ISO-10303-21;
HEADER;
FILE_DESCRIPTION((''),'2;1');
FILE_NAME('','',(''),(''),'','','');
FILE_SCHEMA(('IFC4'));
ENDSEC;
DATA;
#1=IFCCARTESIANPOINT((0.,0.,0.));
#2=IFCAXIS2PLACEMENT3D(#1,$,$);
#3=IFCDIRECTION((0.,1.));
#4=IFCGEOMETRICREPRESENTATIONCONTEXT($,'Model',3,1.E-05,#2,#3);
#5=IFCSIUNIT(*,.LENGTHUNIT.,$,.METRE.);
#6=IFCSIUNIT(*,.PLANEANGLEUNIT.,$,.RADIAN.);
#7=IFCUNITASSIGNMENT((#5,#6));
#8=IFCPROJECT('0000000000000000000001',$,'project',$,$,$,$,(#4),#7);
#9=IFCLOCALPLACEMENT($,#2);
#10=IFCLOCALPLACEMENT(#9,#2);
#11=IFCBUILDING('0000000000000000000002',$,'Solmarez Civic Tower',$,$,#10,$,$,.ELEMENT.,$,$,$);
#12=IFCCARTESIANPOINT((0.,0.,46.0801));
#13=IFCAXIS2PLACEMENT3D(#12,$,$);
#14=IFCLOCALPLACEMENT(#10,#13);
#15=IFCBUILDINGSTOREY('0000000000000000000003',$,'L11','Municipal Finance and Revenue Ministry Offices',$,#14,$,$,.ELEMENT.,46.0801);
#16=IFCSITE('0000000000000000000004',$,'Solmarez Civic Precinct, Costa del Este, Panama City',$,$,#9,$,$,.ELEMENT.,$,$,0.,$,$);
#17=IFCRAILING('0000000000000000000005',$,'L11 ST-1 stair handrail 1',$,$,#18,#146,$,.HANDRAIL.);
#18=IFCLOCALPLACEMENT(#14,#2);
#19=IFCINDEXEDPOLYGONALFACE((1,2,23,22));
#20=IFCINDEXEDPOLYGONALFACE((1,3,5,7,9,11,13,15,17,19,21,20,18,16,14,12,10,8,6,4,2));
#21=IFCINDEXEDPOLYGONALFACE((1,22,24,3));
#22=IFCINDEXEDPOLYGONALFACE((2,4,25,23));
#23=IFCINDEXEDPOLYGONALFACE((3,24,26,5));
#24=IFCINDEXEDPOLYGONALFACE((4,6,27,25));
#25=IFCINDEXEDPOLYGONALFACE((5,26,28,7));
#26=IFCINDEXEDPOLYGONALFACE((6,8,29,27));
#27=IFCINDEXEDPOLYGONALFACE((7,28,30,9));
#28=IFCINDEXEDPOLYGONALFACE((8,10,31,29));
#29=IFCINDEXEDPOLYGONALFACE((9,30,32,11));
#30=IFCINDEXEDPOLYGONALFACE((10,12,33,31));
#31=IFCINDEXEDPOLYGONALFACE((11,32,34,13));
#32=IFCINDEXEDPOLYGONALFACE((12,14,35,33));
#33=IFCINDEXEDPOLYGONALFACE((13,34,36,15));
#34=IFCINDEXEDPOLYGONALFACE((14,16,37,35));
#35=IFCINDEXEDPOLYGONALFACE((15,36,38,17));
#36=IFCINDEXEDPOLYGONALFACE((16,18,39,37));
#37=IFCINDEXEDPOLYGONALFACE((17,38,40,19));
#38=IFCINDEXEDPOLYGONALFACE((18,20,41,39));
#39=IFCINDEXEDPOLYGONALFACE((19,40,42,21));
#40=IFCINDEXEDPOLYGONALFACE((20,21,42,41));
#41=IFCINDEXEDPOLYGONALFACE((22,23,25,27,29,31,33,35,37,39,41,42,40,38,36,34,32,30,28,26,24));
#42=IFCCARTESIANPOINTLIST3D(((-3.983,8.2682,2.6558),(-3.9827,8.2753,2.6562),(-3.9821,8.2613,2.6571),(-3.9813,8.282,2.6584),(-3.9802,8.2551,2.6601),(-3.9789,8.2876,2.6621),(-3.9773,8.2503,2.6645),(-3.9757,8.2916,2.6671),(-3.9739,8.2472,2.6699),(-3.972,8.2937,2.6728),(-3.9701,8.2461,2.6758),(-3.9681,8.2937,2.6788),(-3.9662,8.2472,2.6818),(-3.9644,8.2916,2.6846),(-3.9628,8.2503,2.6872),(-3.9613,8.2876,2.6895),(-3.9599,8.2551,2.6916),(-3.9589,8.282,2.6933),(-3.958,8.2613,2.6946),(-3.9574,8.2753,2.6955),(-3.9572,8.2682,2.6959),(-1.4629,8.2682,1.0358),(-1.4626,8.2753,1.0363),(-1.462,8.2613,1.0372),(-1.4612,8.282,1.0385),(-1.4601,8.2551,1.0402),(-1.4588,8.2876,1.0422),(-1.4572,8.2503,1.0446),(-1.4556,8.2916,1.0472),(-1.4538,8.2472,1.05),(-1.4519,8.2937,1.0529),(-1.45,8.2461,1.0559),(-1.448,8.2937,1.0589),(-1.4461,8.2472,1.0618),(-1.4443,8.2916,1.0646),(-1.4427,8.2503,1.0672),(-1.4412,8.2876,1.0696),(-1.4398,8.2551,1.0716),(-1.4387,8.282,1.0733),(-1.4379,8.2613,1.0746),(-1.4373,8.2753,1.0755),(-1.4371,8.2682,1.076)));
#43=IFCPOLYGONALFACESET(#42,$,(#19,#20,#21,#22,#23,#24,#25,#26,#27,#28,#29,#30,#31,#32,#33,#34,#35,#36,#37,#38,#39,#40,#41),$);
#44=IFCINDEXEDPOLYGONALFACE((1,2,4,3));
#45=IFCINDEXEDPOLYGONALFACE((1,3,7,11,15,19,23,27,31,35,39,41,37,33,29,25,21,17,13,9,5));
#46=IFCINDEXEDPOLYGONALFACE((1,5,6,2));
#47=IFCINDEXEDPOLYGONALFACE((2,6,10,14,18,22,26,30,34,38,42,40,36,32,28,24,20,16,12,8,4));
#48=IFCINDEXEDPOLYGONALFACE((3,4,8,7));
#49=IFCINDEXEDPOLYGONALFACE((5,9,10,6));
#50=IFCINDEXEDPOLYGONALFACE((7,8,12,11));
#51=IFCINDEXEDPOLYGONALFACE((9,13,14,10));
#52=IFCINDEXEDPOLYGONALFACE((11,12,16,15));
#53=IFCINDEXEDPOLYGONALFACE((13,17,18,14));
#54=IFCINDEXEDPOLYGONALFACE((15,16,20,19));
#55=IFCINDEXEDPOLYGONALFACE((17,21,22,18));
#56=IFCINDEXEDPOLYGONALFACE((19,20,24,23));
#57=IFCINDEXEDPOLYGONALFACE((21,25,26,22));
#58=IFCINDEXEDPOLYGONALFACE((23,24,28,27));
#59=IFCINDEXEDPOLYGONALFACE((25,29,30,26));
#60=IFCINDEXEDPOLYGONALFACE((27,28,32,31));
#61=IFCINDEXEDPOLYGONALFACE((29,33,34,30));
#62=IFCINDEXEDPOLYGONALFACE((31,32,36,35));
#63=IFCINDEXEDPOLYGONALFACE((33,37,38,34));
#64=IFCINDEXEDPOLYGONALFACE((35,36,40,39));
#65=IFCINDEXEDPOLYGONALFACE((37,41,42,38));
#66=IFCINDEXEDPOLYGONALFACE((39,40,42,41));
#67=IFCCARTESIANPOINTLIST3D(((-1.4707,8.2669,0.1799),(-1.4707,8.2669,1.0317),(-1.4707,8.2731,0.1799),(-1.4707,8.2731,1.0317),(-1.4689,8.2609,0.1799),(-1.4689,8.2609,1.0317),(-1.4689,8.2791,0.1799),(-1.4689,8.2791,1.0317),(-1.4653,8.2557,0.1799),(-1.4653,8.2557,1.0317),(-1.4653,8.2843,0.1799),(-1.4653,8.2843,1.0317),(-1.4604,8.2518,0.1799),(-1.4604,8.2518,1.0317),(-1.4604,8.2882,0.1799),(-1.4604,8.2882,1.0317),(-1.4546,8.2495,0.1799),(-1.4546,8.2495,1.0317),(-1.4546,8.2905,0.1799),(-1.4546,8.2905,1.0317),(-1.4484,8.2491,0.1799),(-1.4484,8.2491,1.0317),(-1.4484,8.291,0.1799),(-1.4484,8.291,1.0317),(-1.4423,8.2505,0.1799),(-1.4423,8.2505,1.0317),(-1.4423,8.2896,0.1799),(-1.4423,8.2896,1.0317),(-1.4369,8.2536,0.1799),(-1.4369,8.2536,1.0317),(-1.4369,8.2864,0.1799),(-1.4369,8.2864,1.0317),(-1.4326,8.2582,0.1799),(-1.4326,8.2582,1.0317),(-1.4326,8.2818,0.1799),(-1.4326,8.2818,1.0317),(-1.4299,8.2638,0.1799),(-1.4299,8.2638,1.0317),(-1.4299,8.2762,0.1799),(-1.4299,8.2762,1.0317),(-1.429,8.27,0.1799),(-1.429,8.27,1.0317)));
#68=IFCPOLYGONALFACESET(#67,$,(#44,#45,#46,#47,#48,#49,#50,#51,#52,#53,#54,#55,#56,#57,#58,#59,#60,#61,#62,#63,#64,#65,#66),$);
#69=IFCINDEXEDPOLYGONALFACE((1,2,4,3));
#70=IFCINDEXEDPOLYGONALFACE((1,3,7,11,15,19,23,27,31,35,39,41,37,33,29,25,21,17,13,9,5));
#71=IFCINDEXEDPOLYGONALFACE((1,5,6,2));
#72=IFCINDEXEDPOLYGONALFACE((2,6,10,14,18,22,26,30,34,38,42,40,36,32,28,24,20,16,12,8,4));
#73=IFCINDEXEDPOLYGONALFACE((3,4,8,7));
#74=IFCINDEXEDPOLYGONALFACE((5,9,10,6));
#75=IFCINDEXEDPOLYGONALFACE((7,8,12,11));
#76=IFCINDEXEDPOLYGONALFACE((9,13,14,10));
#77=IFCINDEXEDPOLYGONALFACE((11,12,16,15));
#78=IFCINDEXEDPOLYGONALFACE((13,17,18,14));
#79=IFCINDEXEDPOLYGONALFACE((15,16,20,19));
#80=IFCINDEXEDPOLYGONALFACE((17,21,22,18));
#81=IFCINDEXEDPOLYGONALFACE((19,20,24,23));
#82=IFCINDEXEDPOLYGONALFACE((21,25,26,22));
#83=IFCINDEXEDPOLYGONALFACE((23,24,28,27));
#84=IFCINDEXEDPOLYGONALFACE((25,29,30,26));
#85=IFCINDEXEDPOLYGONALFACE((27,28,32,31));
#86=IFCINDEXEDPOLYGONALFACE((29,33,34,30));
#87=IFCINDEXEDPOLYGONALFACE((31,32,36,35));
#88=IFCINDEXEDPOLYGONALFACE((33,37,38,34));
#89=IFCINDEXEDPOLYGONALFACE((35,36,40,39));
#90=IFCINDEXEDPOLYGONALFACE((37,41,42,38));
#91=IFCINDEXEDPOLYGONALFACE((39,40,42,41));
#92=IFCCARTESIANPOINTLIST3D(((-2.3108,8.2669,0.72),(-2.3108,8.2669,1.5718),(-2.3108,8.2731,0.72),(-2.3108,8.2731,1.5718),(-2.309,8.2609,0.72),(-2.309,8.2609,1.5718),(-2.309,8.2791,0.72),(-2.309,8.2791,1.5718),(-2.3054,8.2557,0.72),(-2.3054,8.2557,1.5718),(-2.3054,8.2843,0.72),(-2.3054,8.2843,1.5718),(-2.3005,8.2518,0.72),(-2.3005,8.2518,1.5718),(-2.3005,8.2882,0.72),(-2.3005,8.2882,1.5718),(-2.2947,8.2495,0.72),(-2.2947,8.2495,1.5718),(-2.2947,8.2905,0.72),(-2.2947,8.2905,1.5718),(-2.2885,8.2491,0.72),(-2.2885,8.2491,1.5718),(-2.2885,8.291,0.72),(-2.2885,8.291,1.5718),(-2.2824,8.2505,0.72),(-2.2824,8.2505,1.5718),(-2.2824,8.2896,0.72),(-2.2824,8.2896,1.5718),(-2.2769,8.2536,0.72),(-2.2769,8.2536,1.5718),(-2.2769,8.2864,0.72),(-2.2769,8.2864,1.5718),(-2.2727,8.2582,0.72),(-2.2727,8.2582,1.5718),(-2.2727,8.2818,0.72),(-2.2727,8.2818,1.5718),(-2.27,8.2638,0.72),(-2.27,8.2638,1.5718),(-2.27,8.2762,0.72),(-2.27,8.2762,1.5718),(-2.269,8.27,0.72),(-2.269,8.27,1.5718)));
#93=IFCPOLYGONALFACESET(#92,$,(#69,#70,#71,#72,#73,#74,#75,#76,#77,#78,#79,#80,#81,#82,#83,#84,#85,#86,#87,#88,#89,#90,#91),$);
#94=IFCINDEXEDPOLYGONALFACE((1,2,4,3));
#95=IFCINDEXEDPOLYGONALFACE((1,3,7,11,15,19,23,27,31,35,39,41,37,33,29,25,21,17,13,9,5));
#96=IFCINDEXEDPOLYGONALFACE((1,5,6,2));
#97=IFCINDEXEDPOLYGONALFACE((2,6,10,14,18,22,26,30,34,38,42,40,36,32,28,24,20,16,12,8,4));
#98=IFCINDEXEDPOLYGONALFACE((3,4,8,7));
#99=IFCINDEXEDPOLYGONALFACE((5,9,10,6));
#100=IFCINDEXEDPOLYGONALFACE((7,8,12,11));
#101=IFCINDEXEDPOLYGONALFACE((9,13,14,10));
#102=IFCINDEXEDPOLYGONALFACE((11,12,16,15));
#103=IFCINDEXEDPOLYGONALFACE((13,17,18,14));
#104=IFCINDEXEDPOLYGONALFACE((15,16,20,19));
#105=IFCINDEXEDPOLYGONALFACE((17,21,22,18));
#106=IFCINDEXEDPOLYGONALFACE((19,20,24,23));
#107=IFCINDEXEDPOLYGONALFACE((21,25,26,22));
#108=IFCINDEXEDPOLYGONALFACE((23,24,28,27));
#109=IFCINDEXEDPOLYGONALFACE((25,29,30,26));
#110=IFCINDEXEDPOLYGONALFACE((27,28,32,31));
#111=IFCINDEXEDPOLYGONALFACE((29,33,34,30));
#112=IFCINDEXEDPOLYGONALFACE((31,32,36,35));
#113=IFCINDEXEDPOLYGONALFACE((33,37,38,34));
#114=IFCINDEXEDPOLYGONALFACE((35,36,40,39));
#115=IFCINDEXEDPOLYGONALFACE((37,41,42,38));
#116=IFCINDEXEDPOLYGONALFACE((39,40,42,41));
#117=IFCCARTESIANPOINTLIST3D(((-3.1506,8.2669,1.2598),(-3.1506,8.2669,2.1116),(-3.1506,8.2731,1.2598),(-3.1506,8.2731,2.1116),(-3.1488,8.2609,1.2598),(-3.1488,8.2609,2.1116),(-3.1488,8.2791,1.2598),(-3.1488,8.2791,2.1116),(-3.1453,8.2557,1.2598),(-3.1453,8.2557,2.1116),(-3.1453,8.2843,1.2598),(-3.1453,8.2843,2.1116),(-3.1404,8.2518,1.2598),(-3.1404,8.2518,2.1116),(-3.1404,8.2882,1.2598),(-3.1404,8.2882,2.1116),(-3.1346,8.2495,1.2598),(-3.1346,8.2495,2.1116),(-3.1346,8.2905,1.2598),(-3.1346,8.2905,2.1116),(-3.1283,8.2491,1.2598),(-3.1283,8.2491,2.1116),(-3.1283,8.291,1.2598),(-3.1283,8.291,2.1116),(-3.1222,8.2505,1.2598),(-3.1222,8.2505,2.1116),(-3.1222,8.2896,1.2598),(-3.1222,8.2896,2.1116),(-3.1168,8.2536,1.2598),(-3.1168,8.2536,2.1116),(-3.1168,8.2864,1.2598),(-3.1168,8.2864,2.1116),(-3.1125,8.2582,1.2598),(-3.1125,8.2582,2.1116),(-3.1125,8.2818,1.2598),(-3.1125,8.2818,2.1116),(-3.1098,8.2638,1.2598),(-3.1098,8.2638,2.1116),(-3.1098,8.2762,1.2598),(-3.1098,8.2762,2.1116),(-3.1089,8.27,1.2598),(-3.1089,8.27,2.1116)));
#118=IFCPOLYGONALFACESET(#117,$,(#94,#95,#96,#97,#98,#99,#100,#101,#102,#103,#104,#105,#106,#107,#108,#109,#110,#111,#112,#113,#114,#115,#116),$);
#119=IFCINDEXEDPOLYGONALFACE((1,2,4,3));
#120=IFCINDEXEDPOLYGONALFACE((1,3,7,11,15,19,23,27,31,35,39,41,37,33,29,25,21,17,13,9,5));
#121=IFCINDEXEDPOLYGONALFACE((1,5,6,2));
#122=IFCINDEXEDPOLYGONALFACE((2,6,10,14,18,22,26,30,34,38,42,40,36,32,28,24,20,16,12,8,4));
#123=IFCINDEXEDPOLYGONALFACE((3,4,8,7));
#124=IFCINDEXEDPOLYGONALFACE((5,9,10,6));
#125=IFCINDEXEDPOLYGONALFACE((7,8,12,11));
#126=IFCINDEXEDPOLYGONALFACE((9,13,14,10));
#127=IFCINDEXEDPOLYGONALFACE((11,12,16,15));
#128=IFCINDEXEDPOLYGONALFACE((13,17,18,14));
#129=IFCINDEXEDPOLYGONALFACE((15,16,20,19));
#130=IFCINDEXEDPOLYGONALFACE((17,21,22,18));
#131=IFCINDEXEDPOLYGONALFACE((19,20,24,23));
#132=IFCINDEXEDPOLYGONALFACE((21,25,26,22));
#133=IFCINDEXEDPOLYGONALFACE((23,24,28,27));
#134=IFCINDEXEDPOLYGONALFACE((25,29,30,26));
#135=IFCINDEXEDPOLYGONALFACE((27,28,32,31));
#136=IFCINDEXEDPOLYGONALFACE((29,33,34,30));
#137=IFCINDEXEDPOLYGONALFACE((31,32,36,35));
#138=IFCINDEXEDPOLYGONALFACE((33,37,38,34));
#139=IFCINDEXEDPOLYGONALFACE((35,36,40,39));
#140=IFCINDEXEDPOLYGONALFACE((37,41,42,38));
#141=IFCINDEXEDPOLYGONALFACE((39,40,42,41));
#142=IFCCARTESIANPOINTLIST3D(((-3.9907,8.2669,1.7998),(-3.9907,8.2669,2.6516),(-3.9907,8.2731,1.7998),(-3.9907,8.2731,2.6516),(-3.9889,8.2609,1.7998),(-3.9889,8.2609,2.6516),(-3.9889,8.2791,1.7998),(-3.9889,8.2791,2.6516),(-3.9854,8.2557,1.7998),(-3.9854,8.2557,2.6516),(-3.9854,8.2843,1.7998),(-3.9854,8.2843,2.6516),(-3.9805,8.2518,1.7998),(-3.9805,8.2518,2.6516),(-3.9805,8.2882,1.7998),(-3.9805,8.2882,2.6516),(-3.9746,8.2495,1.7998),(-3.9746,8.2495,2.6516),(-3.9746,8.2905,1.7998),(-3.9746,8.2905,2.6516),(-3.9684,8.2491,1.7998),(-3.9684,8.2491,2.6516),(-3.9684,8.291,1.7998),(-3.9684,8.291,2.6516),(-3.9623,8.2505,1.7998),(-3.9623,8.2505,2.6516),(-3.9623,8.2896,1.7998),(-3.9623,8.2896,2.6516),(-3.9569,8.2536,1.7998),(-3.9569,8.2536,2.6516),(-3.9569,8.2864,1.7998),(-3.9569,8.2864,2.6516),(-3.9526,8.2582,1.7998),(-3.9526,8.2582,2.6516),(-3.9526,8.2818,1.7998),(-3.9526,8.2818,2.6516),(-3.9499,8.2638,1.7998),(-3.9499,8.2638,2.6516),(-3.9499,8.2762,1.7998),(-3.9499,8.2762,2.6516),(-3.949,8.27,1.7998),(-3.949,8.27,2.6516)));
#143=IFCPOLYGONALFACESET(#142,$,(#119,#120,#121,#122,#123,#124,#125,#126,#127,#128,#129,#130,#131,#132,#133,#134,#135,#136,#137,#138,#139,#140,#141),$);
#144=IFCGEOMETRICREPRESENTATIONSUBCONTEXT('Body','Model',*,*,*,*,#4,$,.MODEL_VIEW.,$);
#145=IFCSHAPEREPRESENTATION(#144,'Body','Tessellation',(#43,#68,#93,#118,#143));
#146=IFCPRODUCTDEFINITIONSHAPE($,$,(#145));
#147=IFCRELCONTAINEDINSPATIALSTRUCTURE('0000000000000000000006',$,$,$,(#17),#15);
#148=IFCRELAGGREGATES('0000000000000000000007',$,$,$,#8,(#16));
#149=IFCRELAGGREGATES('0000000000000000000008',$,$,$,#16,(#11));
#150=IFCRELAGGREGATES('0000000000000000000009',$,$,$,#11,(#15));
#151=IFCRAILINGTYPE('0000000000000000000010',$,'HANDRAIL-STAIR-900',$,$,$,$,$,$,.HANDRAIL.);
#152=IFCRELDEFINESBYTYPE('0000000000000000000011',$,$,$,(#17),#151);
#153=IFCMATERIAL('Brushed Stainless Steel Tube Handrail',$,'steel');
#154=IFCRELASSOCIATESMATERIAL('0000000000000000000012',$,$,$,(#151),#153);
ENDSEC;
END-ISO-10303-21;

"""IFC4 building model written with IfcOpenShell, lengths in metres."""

from ifc_helpers import new_model, si_unit, direction, frame, origin, origin_2d, place, context, subcontext, project, spatial, circle, extrude, material, type_object, element, save


model = new_model("IFC4")

# Units and contexts
model_context = context("Model", 3, precision=1e-05, world=origin(), true_north=direction((0.0, 1.0)))
body_context = subcontext(model_context, "Body", "Model", "MODEL_VIEW")
ifc_project = project(units=[si_unit("LENGTHUNIT", "METRE"), si_unit("PLANEANGLEUNIT", "RADIAN")], contexts=[model_context])

# Site, building, storey
site_placement = place(None, origin())
site = spatial("IfcSite", under=ifc_project, at=site_placement, Name="Solmarez Civic Precinct, Costa del Este, Panama City", CompositionType="ELEMENT", RefElevation=0.0)
building_placement = place(site_placement, origin())
building = spatial("IfcBuilding", under=site, at=building_placement, Name="Solmarez Civic Tower", CompositionType="ELEMENT")
storey_placement = place(building_placement, frame((0.0, 0.0, 46.0801)))
storey = spatial("IfcBuildingStorey", under=building, at=storey_placement, Name="L11", Description="Municipal Finance and Revenue Ministry Offices", CompositionType="ELEMENT", Elevation=46.0801)

# Railing
ifc_material_1 = material(Name="Brushed Stainless Steel Tube Handrail", Category="steel")
railing_type_1 = type_object("IfcRailingType", Name="HANDRAIL-STAIR-900", PredefinedType="HANDRAIL", material=ifc_material_1)
railing_1_placement = place(storey_placement, frame((-1.45, 8.27, 0.1799)))
element("IfcRailing", 1, at=railing_1_placement, inside=storey, type_object=railing_type_1, Name="L11 ST-1 stair handrail 1", PredefinedType="HANDRAIL", context=body_context, shape_type="SweptSolid", body=[
    extrude(circle(Radius=0.0239, at=origin_2d()), frame((0.0, 0.0, 0.876), z_axis=(-0.8412, 0.0, 0.540725), x_axis=(0.0, -1.0, 0.0)), (0.0, 0.0, 1.0), 2.9958),
    extrude(circle(Radius=0.021, at=origin_2d()), origin(), (0.0, 0.0, 1.0), 0.8518),
    extrude(circle(Radius=0.021, at=origin_2d()), frame((-0.8401, 0.0, 0.54)), (0.0, 0.0, 1.0), 0.8518),
    extrude(circle(Radius=0.021, at=origin_2d()), frame((-1.6799, 0.0, 1.0798)), (0.0, 0.0, 1.0), 0.8518),
    extrude(circle(Radius=0.021, at=origin_2d()), frame((-2.52, 0.0, 1.6199)), (0.0, 0.0, 1.0), 0.8518),
])

save(model, "model.ifc")
